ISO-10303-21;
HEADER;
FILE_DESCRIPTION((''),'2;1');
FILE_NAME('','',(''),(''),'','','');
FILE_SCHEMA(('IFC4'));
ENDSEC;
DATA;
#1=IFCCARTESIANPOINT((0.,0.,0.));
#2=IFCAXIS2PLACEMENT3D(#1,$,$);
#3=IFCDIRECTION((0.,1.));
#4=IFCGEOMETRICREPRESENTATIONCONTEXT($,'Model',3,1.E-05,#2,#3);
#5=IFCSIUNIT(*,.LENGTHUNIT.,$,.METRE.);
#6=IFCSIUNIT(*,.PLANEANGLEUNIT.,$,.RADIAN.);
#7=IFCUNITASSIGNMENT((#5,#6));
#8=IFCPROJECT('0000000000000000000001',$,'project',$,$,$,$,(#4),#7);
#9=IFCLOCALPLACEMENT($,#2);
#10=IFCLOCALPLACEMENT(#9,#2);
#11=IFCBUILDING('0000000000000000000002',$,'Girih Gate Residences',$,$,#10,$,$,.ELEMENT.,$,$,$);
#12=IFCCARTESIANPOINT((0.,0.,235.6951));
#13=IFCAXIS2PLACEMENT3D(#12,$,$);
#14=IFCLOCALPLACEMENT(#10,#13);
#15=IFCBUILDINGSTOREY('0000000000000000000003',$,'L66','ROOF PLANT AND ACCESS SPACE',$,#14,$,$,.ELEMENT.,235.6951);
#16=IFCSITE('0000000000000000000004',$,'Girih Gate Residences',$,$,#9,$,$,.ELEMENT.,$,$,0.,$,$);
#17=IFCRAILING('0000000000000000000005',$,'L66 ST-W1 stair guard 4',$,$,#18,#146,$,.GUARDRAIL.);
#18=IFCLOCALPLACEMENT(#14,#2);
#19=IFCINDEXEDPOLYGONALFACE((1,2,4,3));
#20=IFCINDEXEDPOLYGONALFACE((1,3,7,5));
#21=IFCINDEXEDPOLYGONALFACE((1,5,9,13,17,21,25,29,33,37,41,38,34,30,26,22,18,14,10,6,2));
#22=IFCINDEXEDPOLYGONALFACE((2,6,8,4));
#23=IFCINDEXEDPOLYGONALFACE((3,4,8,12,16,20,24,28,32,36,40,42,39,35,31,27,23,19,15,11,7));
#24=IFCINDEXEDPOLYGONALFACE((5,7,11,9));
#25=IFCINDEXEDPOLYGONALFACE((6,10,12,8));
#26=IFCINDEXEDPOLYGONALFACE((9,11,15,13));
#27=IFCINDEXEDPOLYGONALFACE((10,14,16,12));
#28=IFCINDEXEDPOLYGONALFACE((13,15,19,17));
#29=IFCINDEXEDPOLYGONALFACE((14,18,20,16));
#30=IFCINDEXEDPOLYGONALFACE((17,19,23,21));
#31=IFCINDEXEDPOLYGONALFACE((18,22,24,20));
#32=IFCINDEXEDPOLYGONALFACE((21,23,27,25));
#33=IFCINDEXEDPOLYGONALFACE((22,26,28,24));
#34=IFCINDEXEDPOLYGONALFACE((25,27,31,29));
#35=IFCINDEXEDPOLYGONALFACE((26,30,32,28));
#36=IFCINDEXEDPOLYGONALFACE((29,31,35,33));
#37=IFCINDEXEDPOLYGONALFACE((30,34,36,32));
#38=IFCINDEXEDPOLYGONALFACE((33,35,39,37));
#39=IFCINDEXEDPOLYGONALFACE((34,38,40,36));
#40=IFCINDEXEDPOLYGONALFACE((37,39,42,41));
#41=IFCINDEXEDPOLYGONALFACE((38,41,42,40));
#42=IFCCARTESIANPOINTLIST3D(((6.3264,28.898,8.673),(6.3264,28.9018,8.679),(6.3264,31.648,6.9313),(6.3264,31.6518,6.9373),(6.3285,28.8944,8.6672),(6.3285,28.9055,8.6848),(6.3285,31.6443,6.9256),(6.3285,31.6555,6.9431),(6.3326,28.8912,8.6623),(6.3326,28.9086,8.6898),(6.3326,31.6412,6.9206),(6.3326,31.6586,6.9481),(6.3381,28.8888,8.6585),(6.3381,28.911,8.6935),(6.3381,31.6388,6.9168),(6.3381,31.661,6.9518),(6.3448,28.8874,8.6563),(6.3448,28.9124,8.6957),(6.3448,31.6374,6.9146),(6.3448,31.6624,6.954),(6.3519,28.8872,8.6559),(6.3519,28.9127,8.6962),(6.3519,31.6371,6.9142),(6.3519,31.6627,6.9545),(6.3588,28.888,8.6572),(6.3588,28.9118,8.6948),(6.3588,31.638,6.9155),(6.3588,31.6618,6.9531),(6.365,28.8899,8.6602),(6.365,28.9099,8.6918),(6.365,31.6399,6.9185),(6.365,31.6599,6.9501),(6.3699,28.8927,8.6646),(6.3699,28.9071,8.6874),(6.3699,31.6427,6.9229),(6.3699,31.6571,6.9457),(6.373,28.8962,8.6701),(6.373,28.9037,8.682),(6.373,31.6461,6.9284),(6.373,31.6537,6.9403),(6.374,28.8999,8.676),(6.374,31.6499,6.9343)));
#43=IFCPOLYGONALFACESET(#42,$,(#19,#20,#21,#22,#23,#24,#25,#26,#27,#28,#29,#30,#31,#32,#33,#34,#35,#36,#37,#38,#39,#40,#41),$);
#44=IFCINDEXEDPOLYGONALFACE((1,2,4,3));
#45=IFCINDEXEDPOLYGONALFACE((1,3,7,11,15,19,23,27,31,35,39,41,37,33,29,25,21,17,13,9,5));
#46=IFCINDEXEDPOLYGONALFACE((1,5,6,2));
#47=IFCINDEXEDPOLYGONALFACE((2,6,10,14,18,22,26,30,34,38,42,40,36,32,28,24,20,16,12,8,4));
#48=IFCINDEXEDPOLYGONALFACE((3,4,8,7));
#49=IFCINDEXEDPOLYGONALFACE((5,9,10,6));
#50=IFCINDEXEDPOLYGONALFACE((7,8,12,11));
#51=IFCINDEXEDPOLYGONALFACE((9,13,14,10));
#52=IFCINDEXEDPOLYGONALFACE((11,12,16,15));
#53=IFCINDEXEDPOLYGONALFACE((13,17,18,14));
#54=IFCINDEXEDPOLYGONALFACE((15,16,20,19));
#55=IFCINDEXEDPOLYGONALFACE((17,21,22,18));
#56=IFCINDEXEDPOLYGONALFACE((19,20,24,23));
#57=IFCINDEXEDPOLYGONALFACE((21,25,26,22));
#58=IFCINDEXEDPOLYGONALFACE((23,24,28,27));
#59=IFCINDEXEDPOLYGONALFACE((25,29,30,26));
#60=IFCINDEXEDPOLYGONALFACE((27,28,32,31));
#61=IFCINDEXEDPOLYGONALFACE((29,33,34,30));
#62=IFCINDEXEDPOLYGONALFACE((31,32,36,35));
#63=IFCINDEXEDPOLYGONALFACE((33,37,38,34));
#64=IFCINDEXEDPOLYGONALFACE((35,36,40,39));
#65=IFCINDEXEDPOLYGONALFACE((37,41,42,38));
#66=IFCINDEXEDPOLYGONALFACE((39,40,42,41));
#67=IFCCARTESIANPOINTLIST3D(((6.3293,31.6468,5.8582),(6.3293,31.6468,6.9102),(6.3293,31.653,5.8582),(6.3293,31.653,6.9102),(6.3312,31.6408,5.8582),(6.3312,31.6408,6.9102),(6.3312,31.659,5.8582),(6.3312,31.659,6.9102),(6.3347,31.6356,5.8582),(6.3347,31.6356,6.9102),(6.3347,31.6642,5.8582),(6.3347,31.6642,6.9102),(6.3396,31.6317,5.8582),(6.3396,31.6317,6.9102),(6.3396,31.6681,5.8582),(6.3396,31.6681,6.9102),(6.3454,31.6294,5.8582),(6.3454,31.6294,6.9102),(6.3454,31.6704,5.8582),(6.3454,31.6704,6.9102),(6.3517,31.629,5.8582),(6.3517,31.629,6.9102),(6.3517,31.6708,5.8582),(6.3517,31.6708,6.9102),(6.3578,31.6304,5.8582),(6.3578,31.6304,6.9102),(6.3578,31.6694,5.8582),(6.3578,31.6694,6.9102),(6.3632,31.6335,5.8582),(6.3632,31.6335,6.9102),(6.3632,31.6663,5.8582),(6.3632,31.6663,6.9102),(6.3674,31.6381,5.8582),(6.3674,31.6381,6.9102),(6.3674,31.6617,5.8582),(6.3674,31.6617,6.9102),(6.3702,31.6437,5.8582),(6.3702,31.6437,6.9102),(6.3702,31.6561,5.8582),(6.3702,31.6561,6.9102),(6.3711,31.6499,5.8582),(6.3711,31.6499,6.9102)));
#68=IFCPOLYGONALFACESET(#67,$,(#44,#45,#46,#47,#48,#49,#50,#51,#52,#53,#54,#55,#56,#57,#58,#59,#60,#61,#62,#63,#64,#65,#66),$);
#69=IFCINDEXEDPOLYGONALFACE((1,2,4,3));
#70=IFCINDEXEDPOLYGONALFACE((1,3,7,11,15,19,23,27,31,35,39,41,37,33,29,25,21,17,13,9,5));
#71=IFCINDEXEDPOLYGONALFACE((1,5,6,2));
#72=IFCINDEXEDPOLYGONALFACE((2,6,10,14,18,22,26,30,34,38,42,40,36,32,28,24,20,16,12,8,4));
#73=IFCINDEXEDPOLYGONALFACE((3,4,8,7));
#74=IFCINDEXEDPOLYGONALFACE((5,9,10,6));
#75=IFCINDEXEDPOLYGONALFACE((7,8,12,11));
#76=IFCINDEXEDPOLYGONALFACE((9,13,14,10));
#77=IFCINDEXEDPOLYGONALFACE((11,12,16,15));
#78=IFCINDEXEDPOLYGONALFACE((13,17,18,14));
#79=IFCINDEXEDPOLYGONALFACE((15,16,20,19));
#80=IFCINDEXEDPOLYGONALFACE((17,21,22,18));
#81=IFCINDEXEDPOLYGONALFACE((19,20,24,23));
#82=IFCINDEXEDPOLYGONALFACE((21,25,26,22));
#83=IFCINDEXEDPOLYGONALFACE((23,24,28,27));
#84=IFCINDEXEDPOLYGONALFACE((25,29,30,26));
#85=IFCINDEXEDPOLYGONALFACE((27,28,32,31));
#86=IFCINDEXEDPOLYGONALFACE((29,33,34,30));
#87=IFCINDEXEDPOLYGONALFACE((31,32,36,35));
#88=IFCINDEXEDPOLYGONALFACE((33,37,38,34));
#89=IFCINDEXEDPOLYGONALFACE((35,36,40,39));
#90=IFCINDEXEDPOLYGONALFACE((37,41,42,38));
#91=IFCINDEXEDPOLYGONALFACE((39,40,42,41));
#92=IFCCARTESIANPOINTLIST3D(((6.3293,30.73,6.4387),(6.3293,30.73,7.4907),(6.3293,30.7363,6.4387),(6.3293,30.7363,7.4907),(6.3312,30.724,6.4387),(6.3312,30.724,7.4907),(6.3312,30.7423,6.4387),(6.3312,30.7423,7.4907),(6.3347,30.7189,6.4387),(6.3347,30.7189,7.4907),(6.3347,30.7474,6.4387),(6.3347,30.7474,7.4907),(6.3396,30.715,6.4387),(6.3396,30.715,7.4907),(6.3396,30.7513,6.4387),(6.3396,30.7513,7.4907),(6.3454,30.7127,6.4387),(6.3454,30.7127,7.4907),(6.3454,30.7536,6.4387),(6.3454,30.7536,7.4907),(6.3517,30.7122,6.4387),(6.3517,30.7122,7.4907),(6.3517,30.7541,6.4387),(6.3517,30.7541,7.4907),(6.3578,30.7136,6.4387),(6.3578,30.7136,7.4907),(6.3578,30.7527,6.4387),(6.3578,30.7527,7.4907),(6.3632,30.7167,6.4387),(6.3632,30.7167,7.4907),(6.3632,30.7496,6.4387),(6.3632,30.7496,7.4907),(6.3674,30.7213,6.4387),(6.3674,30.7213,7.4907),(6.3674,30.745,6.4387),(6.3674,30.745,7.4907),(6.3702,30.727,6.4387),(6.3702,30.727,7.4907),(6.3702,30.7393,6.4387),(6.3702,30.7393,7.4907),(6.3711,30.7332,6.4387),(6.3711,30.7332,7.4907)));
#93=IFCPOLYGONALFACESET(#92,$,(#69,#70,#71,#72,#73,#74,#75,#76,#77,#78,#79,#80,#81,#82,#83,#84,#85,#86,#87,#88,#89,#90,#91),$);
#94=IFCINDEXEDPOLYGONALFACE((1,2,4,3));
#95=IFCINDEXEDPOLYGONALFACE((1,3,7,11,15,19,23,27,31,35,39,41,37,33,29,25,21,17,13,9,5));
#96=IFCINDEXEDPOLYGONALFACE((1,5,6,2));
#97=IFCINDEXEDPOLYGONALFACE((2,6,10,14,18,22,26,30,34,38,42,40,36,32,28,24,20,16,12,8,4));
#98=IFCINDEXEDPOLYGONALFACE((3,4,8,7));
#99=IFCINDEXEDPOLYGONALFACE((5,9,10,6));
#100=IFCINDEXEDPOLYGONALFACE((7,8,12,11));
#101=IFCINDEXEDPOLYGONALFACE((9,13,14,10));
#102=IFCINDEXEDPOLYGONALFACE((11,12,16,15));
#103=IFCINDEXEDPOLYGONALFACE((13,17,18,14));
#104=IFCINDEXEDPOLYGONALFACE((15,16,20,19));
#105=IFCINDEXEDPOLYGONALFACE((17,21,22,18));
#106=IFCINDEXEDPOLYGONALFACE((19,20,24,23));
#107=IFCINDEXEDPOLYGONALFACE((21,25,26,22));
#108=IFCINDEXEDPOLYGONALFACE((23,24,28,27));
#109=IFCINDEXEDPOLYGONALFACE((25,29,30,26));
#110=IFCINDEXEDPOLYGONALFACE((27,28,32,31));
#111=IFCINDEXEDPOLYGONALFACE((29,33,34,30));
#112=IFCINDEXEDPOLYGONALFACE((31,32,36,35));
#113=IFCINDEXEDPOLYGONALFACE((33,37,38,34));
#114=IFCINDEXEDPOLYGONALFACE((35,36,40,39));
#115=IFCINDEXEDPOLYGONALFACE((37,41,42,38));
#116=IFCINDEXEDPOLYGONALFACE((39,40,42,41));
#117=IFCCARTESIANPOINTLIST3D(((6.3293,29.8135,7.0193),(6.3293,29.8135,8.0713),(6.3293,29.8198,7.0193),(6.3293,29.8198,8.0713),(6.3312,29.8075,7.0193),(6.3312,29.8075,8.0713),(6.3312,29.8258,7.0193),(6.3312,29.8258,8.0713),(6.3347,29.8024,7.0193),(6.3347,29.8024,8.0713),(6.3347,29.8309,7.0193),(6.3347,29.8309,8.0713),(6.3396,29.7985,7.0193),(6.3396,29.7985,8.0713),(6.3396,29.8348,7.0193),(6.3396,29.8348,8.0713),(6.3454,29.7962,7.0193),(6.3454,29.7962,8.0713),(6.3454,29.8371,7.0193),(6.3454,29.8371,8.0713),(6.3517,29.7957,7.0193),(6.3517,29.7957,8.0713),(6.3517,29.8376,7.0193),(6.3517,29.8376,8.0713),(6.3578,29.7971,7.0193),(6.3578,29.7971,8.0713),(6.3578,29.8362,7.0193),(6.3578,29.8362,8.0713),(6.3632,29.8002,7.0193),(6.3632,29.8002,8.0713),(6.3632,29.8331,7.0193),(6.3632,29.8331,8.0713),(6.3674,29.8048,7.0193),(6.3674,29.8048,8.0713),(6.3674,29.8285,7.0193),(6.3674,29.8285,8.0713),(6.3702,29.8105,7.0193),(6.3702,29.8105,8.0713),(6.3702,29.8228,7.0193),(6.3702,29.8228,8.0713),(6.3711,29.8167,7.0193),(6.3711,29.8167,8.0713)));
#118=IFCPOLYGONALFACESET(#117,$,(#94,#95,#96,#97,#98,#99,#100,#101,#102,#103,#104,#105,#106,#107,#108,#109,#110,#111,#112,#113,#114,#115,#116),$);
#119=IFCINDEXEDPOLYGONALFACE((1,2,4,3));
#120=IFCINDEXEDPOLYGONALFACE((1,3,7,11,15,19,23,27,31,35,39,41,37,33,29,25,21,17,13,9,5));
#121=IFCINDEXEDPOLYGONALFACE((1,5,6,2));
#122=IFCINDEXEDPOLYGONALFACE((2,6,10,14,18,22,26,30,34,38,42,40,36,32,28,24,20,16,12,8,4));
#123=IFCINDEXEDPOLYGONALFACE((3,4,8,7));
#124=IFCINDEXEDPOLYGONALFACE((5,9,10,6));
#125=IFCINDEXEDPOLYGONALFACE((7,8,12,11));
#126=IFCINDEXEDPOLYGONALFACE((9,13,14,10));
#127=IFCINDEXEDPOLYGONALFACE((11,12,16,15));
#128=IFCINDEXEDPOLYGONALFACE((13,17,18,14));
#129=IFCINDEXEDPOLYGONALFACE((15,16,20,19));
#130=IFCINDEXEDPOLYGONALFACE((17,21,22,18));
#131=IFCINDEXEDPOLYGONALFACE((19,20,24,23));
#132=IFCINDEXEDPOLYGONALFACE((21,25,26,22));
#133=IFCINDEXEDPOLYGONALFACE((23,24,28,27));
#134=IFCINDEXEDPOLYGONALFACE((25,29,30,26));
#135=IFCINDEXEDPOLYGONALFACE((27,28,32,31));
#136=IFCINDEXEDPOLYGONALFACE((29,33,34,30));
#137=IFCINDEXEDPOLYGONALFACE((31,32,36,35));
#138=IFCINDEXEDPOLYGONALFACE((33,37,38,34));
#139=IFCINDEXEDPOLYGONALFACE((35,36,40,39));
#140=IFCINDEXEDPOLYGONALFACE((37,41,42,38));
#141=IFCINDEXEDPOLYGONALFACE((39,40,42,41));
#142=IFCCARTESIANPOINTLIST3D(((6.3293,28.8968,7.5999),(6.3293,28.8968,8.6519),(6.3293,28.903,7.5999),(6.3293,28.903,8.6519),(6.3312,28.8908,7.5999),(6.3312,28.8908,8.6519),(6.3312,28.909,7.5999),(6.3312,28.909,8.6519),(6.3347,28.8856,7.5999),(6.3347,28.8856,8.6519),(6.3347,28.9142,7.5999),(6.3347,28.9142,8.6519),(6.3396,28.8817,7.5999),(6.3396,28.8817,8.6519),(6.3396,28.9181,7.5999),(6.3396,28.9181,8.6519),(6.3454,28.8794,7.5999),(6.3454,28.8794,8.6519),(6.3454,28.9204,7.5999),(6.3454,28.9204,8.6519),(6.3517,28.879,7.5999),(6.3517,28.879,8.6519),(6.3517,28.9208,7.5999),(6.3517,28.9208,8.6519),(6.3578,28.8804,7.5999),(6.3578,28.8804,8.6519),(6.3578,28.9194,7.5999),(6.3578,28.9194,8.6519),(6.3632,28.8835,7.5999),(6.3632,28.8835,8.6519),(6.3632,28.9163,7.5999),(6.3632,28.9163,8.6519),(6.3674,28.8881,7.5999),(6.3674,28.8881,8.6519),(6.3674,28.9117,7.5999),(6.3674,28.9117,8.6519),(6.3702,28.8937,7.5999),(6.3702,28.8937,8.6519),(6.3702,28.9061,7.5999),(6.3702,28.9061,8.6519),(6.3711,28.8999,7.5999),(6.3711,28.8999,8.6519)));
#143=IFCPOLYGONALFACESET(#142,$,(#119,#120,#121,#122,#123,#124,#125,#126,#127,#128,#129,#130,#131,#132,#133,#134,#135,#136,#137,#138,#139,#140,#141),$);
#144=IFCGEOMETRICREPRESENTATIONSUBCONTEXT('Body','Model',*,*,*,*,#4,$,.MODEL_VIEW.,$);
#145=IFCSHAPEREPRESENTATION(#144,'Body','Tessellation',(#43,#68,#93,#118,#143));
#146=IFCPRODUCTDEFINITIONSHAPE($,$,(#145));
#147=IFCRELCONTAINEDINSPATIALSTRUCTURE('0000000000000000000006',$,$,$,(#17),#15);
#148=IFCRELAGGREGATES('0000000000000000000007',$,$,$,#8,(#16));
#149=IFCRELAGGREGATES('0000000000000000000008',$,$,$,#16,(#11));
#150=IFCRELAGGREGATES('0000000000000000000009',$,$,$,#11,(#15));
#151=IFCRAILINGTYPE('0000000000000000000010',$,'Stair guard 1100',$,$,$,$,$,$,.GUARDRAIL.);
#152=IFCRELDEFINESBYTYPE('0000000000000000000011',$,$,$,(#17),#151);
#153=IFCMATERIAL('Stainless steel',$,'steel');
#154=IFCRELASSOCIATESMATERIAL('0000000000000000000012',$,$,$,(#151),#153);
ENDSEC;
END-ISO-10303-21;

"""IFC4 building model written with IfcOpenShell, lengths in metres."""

from ifc_helpers import new_model, si_unit, direction, frame, origin, origin_2d, place, context, subcontext, project, spatial, circle, extrude, material, type_object, element, save


model = new_model("IFC4")

# Units and contexts
model_context = context("Model", 3, precision=1e-05, world=origin(), true_north=direction((0.0, 1.0)))
body_context = subcontext(model_context, "Body", "Model", "MODEL_VIEW")
ifc_project = project(units=[si_unit("LENGTHUNIT", "METRE"), si_unit("PLANEANGLEUNIT", "RADIAN")], contexts=[model_context])

# Site, building, storey
site_placement = place(None, origin())
site = spatial("IfcSite", under=ifc_project, at=site_placement, Name="Girih Gate Residences", CompositionType="ELEMENT", RefElevation=0.0)
building_placement = place(site_placement, origin())
building = spatial("IfcBuilding", under=site, at=building_placement, Name="Girih Gate Residences", CompositionType="ELEMENT")
storey_placement = place(building_placement, frame((0.0, 0.0, 235.6951)))
storey = spatial("IfcBuildingStorey", under=building, at=storey_placement, Name="L66", Description="ROOF PLANT AND ACCESS SPACE", CompositionType="ELEMENT", Elevation=235.6951)

# Shared definitions
ifc_material_1 = material(Name="Stainless steel", Category="steel")

# Railing
railing_type_1 = type_object("IfcRailingType", Name="Stair guard 1100", PredefinedType="GUARDRAIL", material=ifc_material_1)
for number, where, name in (
    (1, (6.3501, 31.6499, 5.8582), "L66 ST-W1 stair guard 4"),
):
    element("IfcRailing", number, at=place(storey_placement, frame(where)), inside=storey, type_object=railing_type_1, Name=name, PredefinedType="GUARDRAIL", context=body_context, shape_type="SweptSolid", body=[
        extrude(circle(Radius=0.0239, at=origin_2d()), frame((0.0, 0.0, 1.0762), z_axis=(0.0, -0.844815, 0.535059), x_axis=(1.0, 0.0, 0.0)), (0.0, 0.0, 1.0), 3.2551),
        extrude(circle(Radius=0.021, at=origin_2d()), origin(), (0.0, 0.0, 1.0), 1.052),
        extrude(circle(Radius=0.021, at=origin_2d()), frame((0.0, -0.9167, 0.5806)), (0.0, 0.0, 1.0), 1.052),
        extrude(circle(Radius=0.021, at=origin_2d()), frame((0.0, -1.8333, 1.1611)), (0.0, 0.0, 1.0), 1.052),
        extrude(circle(Radius=0.021, at=origin_2d()), frame((0.0, -2.75, 1.7417)), (0.0, 0.0, 1.0), 1.052),
    ])

save(model, "model.ifc")
